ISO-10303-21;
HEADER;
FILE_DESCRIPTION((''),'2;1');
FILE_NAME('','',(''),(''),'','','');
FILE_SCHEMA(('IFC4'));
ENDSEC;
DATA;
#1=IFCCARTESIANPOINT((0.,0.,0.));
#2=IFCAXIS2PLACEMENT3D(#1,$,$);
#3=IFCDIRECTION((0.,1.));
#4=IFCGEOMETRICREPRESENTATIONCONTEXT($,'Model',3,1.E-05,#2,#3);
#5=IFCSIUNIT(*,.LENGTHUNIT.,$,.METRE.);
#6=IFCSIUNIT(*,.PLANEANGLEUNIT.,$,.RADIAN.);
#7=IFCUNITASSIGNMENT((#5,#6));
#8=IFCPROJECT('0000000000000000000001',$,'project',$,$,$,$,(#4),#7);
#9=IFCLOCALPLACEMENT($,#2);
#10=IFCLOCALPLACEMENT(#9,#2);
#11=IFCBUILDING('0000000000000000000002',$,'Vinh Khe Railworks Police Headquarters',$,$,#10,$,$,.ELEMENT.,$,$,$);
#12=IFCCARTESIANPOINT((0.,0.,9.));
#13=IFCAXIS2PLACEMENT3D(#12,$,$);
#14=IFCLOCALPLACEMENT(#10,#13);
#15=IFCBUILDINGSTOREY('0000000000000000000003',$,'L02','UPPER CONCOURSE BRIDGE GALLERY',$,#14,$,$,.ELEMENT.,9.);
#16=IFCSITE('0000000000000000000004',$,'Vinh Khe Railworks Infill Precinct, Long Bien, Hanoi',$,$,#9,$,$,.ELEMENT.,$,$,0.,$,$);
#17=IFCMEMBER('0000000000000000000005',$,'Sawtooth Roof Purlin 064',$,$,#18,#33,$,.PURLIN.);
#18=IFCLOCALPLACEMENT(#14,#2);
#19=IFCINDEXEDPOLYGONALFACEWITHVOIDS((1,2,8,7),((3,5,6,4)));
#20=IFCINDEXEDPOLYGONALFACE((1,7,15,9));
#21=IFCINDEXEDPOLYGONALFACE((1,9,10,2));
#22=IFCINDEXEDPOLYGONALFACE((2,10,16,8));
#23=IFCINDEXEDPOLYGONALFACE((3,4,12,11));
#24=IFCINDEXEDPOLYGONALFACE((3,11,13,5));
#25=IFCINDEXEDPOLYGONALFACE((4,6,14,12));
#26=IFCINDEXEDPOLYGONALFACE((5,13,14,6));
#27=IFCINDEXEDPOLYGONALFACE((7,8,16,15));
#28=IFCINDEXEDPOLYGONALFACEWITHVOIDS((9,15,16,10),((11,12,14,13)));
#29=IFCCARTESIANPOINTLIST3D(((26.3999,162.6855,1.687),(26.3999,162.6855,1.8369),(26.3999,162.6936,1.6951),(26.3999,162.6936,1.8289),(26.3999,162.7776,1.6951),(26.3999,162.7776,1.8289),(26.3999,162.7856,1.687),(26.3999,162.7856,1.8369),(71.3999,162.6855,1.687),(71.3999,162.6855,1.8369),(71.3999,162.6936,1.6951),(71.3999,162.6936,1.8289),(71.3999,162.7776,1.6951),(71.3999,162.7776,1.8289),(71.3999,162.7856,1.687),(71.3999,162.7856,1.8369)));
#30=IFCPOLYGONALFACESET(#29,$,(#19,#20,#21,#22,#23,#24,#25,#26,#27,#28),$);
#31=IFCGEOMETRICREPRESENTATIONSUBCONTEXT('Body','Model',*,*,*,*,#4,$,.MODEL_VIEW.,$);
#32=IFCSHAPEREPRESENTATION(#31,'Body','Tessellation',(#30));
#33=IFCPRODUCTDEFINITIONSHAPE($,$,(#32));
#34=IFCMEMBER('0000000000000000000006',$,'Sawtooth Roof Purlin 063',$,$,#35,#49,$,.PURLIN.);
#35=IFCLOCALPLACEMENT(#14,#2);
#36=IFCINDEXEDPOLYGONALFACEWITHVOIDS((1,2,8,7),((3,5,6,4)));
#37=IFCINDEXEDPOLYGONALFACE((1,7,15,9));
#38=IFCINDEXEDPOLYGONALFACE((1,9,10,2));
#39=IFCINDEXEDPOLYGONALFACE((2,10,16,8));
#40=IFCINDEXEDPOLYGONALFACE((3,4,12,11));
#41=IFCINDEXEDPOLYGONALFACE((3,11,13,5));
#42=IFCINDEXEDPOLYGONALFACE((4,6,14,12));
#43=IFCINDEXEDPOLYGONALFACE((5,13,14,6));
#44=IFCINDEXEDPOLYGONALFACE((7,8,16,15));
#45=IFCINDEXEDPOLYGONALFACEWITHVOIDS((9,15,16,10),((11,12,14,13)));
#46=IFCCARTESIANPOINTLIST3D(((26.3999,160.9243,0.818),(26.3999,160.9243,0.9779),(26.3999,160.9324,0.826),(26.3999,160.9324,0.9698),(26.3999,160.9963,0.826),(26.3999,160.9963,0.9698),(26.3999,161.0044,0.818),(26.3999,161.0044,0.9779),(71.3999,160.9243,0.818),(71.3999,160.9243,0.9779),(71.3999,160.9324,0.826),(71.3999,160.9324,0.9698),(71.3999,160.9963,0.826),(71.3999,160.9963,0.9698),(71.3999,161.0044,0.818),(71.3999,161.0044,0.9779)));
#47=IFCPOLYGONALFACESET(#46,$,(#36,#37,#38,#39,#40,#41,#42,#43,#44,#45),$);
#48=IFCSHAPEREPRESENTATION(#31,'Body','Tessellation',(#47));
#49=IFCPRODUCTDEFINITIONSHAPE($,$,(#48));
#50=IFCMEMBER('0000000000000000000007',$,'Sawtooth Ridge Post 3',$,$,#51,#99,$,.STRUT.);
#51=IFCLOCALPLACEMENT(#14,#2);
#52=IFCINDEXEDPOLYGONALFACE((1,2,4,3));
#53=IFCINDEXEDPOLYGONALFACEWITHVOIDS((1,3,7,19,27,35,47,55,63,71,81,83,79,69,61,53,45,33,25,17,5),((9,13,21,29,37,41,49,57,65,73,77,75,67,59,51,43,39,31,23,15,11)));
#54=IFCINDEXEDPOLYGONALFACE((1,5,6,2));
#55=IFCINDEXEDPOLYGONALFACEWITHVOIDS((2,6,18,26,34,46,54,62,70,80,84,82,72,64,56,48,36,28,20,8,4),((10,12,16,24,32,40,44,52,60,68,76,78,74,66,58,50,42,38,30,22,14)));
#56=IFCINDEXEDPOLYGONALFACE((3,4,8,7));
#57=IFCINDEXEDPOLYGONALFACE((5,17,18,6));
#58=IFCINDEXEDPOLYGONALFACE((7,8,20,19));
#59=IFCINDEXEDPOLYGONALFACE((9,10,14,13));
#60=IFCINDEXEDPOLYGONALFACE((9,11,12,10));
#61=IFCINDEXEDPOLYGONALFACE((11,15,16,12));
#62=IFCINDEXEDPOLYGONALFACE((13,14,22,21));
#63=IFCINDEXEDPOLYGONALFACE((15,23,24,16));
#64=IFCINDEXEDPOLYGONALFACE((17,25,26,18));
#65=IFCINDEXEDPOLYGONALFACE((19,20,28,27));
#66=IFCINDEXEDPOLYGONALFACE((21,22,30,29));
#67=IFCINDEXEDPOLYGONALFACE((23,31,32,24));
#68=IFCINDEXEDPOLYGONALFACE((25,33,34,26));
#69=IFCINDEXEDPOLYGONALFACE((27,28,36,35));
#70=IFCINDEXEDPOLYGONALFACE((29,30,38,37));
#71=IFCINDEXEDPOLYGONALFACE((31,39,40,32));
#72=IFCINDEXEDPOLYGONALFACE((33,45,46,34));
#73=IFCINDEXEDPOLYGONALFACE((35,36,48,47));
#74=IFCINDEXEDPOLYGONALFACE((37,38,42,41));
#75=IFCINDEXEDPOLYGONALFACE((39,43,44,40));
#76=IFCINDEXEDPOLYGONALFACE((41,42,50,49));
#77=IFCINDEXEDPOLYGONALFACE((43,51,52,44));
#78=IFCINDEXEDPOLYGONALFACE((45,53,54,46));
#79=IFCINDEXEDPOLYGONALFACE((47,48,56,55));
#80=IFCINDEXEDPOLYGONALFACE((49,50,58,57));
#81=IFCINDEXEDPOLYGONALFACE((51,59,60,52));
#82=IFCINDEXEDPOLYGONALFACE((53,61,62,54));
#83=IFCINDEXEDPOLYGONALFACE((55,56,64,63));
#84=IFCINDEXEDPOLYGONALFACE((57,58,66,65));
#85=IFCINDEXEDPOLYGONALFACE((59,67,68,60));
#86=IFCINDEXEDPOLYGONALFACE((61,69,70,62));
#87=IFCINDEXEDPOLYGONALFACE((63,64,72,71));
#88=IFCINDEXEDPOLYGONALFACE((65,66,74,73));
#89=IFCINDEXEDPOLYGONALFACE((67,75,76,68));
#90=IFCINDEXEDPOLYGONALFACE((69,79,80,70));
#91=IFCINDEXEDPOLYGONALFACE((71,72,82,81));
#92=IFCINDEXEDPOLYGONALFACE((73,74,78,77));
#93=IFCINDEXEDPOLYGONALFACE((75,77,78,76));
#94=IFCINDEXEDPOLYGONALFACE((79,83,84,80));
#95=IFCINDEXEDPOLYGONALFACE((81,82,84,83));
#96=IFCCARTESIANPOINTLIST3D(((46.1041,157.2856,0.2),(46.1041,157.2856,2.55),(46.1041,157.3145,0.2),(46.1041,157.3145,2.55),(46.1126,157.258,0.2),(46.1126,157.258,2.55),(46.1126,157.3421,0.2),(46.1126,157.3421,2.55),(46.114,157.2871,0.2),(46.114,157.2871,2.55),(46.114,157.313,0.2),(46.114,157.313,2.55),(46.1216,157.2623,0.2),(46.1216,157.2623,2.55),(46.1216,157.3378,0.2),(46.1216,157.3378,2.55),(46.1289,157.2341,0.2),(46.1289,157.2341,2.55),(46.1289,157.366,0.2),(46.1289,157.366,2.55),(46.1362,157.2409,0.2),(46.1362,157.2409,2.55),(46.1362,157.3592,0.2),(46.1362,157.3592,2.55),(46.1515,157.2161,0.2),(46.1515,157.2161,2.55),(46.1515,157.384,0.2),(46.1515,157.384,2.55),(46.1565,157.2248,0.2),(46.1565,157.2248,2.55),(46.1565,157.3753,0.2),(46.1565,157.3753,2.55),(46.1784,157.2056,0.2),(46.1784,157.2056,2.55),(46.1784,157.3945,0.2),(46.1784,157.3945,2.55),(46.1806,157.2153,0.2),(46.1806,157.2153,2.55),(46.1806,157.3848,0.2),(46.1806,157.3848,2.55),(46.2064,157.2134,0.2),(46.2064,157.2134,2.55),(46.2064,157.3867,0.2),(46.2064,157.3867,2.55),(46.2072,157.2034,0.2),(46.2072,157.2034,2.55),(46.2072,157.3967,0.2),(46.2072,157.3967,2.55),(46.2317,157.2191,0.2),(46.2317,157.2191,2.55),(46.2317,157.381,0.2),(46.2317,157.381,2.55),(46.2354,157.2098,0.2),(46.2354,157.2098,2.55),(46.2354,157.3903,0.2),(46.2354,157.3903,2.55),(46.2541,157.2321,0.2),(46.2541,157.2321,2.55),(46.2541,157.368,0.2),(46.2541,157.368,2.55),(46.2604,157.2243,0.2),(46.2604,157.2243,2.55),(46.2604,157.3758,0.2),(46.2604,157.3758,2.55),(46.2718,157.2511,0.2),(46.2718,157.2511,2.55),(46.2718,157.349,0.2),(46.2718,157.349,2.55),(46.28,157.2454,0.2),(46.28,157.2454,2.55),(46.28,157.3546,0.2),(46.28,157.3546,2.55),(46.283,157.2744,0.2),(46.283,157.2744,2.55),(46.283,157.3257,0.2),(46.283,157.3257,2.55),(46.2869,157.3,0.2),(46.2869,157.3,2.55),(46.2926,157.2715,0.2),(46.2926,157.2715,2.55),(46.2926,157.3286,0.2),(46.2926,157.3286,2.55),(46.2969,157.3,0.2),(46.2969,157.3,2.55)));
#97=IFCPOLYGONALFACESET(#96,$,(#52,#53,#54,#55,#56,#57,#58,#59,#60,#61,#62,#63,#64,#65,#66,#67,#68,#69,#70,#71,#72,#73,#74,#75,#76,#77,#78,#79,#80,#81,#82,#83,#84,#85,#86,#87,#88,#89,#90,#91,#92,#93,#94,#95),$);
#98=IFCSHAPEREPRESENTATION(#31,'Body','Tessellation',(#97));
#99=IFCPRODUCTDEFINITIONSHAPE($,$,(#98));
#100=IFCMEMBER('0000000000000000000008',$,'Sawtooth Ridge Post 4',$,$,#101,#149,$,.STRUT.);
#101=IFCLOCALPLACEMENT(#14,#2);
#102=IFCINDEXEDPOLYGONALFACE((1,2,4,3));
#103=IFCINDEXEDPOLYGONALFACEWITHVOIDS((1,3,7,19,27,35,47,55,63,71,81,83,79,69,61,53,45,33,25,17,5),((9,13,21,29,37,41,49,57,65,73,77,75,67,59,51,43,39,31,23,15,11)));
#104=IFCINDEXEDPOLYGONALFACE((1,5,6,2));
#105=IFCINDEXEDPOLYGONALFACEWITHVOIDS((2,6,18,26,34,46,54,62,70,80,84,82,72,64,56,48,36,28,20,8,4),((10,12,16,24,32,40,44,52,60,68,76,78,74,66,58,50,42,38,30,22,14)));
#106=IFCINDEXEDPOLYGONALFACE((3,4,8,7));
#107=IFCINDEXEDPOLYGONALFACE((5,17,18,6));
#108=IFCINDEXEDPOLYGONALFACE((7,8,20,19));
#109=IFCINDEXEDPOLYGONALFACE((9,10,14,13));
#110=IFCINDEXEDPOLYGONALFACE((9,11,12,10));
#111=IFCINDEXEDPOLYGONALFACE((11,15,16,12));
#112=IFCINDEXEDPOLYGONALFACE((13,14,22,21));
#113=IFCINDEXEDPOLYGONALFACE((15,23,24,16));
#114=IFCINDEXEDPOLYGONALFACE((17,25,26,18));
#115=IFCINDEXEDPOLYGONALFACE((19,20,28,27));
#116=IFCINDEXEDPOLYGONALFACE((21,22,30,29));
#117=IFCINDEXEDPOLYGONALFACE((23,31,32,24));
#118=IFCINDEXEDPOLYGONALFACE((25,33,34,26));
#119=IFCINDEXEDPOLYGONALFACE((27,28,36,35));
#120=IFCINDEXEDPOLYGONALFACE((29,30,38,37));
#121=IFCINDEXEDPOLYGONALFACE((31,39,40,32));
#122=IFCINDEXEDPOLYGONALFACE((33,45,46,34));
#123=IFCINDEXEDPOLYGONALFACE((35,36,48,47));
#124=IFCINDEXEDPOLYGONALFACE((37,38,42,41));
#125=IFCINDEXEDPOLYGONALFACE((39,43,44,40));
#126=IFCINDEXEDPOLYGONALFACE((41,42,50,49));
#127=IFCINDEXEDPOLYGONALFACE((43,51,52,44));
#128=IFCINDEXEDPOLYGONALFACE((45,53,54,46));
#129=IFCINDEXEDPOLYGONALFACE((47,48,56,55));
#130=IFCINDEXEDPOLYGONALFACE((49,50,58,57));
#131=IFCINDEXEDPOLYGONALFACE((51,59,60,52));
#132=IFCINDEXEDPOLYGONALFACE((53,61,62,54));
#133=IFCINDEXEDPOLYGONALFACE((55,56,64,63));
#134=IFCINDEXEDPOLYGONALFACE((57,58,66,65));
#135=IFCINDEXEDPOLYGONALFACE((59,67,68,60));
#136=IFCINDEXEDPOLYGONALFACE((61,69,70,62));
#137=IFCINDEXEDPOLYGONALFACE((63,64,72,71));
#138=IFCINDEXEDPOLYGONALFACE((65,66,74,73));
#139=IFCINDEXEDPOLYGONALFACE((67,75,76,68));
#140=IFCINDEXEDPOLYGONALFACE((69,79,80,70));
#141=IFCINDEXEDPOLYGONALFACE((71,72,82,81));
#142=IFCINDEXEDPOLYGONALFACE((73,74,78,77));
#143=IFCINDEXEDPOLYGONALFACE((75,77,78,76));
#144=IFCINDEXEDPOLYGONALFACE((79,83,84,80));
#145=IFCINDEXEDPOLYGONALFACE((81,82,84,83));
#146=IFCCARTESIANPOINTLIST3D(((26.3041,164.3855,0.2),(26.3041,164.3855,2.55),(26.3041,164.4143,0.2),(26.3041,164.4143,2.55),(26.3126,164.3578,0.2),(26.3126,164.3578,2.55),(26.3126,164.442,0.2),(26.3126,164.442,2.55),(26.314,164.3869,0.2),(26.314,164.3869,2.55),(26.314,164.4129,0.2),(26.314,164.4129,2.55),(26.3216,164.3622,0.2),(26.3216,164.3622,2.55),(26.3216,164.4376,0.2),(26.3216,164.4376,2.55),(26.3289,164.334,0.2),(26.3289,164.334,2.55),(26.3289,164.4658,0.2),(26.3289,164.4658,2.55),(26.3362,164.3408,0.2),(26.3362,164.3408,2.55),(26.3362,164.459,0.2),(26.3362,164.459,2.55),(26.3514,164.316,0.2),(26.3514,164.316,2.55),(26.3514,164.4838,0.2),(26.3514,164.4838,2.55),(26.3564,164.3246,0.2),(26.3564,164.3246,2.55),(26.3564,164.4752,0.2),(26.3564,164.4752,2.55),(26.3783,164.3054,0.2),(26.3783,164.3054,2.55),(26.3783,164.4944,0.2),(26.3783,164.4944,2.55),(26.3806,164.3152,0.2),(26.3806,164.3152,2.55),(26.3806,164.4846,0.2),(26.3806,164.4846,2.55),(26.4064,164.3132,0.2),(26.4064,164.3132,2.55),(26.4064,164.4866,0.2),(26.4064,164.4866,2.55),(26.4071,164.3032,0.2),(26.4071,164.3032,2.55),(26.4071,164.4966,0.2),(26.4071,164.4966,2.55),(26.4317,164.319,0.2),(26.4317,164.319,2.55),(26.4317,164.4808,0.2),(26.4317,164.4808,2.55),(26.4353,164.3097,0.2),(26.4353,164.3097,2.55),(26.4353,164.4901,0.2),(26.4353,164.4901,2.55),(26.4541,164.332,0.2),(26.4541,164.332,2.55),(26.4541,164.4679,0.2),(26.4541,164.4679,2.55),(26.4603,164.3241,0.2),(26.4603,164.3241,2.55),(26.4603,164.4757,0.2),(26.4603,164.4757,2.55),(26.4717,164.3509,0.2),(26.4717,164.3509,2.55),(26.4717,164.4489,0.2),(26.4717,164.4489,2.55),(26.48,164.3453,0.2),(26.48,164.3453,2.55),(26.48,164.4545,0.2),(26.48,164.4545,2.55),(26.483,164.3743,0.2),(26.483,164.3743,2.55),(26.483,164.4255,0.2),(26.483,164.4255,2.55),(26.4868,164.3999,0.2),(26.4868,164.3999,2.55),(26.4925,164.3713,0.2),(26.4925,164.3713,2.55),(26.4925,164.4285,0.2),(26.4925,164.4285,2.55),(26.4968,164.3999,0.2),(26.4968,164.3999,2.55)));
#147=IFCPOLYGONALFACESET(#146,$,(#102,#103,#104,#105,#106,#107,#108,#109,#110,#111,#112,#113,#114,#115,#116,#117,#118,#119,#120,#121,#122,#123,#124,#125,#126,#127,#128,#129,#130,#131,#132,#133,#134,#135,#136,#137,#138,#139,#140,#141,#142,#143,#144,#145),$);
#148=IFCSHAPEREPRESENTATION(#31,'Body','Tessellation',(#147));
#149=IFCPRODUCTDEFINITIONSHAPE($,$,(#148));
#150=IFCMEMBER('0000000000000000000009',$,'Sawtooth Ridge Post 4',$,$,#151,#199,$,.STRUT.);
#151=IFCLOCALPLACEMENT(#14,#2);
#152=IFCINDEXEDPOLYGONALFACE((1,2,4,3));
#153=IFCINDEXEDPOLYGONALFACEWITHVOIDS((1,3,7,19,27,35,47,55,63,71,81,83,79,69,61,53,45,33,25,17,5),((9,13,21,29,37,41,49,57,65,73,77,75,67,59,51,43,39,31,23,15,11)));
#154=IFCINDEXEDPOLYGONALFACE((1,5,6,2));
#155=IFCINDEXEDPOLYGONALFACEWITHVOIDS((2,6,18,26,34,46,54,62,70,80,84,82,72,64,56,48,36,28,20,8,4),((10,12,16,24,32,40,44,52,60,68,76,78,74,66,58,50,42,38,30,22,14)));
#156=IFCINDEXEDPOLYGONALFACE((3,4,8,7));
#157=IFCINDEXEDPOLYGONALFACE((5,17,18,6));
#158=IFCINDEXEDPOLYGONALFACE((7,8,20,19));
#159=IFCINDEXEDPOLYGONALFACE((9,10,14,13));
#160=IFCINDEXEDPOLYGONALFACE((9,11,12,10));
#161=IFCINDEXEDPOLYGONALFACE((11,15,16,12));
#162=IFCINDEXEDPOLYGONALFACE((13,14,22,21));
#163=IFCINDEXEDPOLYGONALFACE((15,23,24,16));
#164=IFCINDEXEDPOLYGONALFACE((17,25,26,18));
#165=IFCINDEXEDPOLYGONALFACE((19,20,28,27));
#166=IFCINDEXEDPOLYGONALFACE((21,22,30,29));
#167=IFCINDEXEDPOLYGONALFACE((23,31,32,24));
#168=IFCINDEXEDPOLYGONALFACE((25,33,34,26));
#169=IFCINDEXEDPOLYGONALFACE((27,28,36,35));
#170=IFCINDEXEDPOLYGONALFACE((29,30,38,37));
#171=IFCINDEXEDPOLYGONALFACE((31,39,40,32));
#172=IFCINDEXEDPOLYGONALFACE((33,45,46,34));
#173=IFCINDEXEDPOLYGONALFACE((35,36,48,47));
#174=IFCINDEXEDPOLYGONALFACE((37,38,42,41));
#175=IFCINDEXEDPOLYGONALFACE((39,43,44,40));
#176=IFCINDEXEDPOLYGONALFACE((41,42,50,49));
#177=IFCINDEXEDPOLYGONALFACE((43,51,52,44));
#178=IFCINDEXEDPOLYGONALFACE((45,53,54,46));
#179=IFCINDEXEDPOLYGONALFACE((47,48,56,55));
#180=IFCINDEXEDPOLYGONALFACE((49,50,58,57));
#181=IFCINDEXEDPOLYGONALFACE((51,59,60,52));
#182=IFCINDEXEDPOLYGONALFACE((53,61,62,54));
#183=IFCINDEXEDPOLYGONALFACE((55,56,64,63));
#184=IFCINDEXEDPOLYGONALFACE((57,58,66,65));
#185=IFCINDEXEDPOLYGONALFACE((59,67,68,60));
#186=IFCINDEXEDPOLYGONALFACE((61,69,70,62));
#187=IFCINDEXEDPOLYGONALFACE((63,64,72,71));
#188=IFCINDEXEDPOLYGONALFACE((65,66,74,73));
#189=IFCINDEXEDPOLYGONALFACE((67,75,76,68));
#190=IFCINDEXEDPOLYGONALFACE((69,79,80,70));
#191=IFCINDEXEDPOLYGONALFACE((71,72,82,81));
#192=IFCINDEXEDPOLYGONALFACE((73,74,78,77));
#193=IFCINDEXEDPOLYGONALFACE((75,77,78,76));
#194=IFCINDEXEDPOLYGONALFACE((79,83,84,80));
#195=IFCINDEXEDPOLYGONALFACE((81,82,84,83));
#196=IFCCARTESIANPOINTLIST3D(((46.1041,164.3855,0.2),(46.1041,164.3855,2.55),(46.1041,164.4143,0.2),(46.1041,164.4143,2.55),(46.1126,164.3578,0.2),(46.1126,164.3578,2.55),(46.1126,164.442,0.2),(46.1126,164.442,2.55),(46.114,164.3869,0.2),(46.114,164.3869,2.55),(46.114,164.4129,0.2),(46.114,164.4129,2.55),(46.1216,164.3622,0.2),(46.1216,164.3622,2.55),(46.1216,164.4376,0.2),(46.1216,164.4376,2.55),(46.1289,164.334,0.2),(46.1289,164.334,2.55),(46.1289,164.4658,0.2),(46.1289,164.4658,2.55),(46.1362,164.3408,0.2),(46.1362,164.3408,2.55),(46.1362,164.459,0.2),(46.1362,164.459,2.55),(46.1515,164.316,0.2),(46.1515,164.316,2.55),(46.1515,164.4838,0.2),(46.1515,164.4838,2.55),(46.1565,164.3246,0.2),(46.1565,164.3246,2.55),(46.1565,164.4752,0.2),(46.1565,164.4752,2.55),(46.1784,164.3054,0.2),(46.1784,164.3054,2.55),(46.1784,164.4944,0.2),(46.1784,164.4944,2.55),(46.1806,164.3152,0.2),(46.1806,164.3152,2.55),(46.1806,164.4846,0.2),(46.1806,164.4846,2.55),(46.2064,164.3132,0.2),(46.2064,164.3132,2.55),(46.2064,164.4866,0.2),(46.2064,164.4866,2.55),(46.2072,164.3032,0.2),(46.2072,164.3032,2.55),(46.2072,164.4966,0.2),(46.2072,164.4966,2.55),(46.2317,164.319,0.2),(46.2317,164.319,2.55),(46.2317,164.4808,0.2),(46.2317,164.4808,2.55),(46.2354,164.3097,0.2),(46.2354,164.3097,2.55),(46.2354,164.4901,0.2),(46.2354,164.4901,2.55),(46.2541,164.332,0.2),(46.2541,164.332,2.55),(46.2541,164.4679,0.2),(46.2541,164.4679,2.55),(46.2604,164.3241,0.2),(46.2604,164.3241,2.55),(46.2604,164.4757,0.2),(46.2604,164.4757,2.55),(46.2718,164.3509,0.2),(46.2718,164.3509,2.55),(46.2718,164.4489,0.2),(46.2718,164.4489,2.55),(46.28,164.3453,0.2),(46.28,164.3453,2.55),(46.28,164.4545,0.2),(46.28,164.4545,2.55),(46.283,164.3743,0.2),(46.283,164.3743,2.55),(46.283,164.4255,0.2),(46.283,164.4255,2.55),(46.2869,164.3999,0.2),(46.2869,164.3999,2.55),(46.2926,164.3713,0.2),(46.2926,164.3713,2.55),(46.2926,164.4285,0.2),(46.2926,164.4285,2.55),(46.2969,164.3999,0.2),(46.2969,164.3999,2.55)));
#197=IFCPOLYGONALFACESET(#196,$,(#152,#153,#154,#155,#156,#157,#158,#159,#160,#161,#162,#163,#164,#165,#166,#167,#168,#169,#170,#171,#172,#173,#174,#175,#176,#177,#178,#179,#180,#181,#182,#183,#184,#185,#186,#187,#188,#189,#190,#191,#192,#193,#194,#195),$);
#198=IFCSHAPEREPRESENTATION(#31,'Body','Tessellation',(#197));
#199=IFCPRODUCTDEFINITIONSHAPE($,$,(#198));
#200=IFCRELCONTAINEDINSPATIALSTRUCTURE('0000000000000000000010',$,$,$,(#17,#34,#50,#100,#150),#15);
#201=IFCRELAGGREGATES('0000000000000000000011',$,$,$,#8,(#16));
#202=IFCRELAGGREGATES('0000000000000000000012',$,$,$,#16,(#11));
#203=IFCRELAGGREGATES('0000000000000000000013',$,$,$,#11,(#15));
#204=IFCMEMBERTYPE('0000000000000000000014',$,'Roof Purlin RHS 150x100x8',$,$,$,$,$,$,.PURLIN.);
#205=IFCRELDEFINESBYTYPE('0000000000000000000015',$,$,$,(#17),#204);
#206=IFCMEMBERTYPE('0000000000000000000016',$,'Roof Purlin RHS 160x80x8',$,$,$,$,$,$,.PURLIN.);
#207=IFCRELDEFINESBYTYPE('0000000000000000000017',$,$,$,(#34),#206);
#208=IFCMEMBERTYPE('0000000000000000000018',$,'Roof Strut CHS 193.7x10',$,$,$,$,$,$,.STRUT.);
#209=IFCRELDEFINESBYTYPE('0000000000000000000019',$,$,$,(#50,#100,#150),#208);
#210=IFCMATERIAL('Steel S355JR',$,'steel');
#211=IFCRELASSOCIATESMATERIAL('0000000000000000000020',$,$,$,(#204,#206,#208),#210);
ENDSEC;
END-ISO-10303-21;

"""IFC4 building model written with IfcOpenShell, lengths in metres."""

from ifc_helpers import new_model, si_unit, direction, frame, origin, origin_2d, place, context, subcontext, project, spatial, hollow_rectangle, hollow_circle, extrude, material, material_profile, profile_set, type_object, element, save


model = new_model("IFC4")

# Units and contexts
model_context = context("Model", 3, precision=1e-05, world=origin(), true_north=direction((0.0, 1.0)))
body_context = subcontext(model_context, "Body", "Model", "MODEL_VIEW")
ifc_project = project(units=[si_unit("LENGTHUNIT", "METRE"), si_unit("PLANEANGLEUNIT", "RADIAN")], contexts=[model_context])

# Site, building, storey
site_placement = place(None, origin())
site = spatial("IfcSite", under=ifc_project, at=site_placement, Name="Vinh Khe Railworks Infill Precinct, Long Bien, Hanoi", CompositionType="ELEMENT", RefElevation=0.0)
building_placement = place(site_placement, origin())
building = spatial("IfcBuilding", under=site, at=building_placement, Name="Vinh Khe Railworks Police Headquarters", CompositionType="ELEMENT")
storey_placement = place(building_placement, frame((0.0, 0.0, 9.0)))
storey = spatial("IfcBuildingStorey", under=building, at=storey_placement, Name="L02", Description="UPPER CONCOURSE BRIDGE GALLERY", CompositionType="ELEMENT", Elevation=9.0)

# Members
ifc_material_1 = material(Name="Steel S355JR", Category="steel")
ifc_material_profile_1 = material_profile(ifc_material_1, hollow_rectangle(XDim=0.1001, YDim=0.1499, WallThickness=0.0081, at=origin_2d()), Name="RHS 150x100x8")
ifc_profile_set_1 = profile_set([ifc_material_profile_1], Name="Steel S355JR")
member_type_1 = type_object("IfcMemberType", Name="Roof Purlin RHS 150x100x8", PredefinedType="PURLIN", material=ifc_profile_set_1)
member_1_placement = place(storey_placement, frame((26.3999, 162.7356, 1.762), z_axis=(1.0, 0.0, 0.0), x_axis=(0.0, 1.0, 0.0)))
element("IfcMember", 1, at=member_1_placement, inside=storey, type_object=member_type_1, Name="Sawtooth Roof Purlin 064", PredefinedType="PURLIN", context=body_context, shape_type="SweptSolid", body=[
    extrude(hollow_rectangle(XDim=0.1001, YDim=0.1499, WallThickness=0.0081, at=origin_2d()), origin(), (0.0, 0.0, 1.0), 45.0),
])
ifc_material_profile_2 = material_profile(ifc_material_1, hollow_rectangle(XDim=0.0801, YDim=0.1599, WallThickness=0.0081, at=origin_2d()), Name="RHS 160x80x8")
ifc_profile_set_2 = profile_set([ifc_material_profile_2], Name="Steel S355JR")
member_type_2 = type_object("IfcMemberType", Name="Roof Purlin RHS 160x80x8", PredefinedType="PURLIN", material=ifc_profile_set_2)
member_2_placement = place(storey_placement, frame((26.3999, 160.9644, 0.8979), z_axis=(1.0, 0.0, 0.0), x_axis=(0.0, 1.0, 0.0)))
element("IfcMember", 2, at=member_2_placement, inside=storey, type_object=member_type_2, Name="Sawtooth Roof Purlin 063", PredefinedType="PURLIN", context=body_context, shape_type="SweptSolid", body=[
    extrude(hollow_rectangle(XDim=0.0801, YDim=0.1599, WallThickness=0.0081, at=origin_2d()), origin(), (0.0, 0.0, 1.0), 45.0),
])
ifc_material_profile_3 = material_profile(ifc_material_1, hollow_circle(Radius=0.0969, WallThickness=0.01, at=origin_2d()), Name="CHS 193.7x10")
ifc_profile_set_3 = profile_set([ifc_material_profile_3], Name="Steel S355JR")
member_type_3 = type_object("IfcMemberType", Name="Roof Strut CHS 193.7x10", PredefinedType="STRUT", material=ifc_profile_set_3)
for number, where, z_axis, x_axis, name in (
    (3, (46.2, 157.3, 0.2), (0.0, 0.0, 1.0), (1.0, 0.0, 0.0), "Sawtooth Ridge Post 3"),
    (4, (26.3999, 164.3999, 0.2), (0.0, 0.0, 1.0), (1.0, 0.0, 0.0), "Sawtooth Ridge Post 4"),
    (5, (46.2, 164.3999, 0.2), (0.0, 0.0, 1.0), (1.0, 0.0, 0.0), "Sawtooth Ridge Post 4"),
):
    element("IfcMember", number, at=place(storey_placement, frame(where, z_axis=z_axis, x_axis=x_axis)), inside=storey, type_object=member_type_3, Name=name, PredefinedType="STRUT", context=body_context, shape_type="SweptSolid", body=[
        extrude(hollow_circle(Radius=0.0969, WallThickness=0.01, at=origin_2d()), origin(), (0.0, 0.0, 1.0), 2.3501),
    ])

save(model, "model.ifc")
